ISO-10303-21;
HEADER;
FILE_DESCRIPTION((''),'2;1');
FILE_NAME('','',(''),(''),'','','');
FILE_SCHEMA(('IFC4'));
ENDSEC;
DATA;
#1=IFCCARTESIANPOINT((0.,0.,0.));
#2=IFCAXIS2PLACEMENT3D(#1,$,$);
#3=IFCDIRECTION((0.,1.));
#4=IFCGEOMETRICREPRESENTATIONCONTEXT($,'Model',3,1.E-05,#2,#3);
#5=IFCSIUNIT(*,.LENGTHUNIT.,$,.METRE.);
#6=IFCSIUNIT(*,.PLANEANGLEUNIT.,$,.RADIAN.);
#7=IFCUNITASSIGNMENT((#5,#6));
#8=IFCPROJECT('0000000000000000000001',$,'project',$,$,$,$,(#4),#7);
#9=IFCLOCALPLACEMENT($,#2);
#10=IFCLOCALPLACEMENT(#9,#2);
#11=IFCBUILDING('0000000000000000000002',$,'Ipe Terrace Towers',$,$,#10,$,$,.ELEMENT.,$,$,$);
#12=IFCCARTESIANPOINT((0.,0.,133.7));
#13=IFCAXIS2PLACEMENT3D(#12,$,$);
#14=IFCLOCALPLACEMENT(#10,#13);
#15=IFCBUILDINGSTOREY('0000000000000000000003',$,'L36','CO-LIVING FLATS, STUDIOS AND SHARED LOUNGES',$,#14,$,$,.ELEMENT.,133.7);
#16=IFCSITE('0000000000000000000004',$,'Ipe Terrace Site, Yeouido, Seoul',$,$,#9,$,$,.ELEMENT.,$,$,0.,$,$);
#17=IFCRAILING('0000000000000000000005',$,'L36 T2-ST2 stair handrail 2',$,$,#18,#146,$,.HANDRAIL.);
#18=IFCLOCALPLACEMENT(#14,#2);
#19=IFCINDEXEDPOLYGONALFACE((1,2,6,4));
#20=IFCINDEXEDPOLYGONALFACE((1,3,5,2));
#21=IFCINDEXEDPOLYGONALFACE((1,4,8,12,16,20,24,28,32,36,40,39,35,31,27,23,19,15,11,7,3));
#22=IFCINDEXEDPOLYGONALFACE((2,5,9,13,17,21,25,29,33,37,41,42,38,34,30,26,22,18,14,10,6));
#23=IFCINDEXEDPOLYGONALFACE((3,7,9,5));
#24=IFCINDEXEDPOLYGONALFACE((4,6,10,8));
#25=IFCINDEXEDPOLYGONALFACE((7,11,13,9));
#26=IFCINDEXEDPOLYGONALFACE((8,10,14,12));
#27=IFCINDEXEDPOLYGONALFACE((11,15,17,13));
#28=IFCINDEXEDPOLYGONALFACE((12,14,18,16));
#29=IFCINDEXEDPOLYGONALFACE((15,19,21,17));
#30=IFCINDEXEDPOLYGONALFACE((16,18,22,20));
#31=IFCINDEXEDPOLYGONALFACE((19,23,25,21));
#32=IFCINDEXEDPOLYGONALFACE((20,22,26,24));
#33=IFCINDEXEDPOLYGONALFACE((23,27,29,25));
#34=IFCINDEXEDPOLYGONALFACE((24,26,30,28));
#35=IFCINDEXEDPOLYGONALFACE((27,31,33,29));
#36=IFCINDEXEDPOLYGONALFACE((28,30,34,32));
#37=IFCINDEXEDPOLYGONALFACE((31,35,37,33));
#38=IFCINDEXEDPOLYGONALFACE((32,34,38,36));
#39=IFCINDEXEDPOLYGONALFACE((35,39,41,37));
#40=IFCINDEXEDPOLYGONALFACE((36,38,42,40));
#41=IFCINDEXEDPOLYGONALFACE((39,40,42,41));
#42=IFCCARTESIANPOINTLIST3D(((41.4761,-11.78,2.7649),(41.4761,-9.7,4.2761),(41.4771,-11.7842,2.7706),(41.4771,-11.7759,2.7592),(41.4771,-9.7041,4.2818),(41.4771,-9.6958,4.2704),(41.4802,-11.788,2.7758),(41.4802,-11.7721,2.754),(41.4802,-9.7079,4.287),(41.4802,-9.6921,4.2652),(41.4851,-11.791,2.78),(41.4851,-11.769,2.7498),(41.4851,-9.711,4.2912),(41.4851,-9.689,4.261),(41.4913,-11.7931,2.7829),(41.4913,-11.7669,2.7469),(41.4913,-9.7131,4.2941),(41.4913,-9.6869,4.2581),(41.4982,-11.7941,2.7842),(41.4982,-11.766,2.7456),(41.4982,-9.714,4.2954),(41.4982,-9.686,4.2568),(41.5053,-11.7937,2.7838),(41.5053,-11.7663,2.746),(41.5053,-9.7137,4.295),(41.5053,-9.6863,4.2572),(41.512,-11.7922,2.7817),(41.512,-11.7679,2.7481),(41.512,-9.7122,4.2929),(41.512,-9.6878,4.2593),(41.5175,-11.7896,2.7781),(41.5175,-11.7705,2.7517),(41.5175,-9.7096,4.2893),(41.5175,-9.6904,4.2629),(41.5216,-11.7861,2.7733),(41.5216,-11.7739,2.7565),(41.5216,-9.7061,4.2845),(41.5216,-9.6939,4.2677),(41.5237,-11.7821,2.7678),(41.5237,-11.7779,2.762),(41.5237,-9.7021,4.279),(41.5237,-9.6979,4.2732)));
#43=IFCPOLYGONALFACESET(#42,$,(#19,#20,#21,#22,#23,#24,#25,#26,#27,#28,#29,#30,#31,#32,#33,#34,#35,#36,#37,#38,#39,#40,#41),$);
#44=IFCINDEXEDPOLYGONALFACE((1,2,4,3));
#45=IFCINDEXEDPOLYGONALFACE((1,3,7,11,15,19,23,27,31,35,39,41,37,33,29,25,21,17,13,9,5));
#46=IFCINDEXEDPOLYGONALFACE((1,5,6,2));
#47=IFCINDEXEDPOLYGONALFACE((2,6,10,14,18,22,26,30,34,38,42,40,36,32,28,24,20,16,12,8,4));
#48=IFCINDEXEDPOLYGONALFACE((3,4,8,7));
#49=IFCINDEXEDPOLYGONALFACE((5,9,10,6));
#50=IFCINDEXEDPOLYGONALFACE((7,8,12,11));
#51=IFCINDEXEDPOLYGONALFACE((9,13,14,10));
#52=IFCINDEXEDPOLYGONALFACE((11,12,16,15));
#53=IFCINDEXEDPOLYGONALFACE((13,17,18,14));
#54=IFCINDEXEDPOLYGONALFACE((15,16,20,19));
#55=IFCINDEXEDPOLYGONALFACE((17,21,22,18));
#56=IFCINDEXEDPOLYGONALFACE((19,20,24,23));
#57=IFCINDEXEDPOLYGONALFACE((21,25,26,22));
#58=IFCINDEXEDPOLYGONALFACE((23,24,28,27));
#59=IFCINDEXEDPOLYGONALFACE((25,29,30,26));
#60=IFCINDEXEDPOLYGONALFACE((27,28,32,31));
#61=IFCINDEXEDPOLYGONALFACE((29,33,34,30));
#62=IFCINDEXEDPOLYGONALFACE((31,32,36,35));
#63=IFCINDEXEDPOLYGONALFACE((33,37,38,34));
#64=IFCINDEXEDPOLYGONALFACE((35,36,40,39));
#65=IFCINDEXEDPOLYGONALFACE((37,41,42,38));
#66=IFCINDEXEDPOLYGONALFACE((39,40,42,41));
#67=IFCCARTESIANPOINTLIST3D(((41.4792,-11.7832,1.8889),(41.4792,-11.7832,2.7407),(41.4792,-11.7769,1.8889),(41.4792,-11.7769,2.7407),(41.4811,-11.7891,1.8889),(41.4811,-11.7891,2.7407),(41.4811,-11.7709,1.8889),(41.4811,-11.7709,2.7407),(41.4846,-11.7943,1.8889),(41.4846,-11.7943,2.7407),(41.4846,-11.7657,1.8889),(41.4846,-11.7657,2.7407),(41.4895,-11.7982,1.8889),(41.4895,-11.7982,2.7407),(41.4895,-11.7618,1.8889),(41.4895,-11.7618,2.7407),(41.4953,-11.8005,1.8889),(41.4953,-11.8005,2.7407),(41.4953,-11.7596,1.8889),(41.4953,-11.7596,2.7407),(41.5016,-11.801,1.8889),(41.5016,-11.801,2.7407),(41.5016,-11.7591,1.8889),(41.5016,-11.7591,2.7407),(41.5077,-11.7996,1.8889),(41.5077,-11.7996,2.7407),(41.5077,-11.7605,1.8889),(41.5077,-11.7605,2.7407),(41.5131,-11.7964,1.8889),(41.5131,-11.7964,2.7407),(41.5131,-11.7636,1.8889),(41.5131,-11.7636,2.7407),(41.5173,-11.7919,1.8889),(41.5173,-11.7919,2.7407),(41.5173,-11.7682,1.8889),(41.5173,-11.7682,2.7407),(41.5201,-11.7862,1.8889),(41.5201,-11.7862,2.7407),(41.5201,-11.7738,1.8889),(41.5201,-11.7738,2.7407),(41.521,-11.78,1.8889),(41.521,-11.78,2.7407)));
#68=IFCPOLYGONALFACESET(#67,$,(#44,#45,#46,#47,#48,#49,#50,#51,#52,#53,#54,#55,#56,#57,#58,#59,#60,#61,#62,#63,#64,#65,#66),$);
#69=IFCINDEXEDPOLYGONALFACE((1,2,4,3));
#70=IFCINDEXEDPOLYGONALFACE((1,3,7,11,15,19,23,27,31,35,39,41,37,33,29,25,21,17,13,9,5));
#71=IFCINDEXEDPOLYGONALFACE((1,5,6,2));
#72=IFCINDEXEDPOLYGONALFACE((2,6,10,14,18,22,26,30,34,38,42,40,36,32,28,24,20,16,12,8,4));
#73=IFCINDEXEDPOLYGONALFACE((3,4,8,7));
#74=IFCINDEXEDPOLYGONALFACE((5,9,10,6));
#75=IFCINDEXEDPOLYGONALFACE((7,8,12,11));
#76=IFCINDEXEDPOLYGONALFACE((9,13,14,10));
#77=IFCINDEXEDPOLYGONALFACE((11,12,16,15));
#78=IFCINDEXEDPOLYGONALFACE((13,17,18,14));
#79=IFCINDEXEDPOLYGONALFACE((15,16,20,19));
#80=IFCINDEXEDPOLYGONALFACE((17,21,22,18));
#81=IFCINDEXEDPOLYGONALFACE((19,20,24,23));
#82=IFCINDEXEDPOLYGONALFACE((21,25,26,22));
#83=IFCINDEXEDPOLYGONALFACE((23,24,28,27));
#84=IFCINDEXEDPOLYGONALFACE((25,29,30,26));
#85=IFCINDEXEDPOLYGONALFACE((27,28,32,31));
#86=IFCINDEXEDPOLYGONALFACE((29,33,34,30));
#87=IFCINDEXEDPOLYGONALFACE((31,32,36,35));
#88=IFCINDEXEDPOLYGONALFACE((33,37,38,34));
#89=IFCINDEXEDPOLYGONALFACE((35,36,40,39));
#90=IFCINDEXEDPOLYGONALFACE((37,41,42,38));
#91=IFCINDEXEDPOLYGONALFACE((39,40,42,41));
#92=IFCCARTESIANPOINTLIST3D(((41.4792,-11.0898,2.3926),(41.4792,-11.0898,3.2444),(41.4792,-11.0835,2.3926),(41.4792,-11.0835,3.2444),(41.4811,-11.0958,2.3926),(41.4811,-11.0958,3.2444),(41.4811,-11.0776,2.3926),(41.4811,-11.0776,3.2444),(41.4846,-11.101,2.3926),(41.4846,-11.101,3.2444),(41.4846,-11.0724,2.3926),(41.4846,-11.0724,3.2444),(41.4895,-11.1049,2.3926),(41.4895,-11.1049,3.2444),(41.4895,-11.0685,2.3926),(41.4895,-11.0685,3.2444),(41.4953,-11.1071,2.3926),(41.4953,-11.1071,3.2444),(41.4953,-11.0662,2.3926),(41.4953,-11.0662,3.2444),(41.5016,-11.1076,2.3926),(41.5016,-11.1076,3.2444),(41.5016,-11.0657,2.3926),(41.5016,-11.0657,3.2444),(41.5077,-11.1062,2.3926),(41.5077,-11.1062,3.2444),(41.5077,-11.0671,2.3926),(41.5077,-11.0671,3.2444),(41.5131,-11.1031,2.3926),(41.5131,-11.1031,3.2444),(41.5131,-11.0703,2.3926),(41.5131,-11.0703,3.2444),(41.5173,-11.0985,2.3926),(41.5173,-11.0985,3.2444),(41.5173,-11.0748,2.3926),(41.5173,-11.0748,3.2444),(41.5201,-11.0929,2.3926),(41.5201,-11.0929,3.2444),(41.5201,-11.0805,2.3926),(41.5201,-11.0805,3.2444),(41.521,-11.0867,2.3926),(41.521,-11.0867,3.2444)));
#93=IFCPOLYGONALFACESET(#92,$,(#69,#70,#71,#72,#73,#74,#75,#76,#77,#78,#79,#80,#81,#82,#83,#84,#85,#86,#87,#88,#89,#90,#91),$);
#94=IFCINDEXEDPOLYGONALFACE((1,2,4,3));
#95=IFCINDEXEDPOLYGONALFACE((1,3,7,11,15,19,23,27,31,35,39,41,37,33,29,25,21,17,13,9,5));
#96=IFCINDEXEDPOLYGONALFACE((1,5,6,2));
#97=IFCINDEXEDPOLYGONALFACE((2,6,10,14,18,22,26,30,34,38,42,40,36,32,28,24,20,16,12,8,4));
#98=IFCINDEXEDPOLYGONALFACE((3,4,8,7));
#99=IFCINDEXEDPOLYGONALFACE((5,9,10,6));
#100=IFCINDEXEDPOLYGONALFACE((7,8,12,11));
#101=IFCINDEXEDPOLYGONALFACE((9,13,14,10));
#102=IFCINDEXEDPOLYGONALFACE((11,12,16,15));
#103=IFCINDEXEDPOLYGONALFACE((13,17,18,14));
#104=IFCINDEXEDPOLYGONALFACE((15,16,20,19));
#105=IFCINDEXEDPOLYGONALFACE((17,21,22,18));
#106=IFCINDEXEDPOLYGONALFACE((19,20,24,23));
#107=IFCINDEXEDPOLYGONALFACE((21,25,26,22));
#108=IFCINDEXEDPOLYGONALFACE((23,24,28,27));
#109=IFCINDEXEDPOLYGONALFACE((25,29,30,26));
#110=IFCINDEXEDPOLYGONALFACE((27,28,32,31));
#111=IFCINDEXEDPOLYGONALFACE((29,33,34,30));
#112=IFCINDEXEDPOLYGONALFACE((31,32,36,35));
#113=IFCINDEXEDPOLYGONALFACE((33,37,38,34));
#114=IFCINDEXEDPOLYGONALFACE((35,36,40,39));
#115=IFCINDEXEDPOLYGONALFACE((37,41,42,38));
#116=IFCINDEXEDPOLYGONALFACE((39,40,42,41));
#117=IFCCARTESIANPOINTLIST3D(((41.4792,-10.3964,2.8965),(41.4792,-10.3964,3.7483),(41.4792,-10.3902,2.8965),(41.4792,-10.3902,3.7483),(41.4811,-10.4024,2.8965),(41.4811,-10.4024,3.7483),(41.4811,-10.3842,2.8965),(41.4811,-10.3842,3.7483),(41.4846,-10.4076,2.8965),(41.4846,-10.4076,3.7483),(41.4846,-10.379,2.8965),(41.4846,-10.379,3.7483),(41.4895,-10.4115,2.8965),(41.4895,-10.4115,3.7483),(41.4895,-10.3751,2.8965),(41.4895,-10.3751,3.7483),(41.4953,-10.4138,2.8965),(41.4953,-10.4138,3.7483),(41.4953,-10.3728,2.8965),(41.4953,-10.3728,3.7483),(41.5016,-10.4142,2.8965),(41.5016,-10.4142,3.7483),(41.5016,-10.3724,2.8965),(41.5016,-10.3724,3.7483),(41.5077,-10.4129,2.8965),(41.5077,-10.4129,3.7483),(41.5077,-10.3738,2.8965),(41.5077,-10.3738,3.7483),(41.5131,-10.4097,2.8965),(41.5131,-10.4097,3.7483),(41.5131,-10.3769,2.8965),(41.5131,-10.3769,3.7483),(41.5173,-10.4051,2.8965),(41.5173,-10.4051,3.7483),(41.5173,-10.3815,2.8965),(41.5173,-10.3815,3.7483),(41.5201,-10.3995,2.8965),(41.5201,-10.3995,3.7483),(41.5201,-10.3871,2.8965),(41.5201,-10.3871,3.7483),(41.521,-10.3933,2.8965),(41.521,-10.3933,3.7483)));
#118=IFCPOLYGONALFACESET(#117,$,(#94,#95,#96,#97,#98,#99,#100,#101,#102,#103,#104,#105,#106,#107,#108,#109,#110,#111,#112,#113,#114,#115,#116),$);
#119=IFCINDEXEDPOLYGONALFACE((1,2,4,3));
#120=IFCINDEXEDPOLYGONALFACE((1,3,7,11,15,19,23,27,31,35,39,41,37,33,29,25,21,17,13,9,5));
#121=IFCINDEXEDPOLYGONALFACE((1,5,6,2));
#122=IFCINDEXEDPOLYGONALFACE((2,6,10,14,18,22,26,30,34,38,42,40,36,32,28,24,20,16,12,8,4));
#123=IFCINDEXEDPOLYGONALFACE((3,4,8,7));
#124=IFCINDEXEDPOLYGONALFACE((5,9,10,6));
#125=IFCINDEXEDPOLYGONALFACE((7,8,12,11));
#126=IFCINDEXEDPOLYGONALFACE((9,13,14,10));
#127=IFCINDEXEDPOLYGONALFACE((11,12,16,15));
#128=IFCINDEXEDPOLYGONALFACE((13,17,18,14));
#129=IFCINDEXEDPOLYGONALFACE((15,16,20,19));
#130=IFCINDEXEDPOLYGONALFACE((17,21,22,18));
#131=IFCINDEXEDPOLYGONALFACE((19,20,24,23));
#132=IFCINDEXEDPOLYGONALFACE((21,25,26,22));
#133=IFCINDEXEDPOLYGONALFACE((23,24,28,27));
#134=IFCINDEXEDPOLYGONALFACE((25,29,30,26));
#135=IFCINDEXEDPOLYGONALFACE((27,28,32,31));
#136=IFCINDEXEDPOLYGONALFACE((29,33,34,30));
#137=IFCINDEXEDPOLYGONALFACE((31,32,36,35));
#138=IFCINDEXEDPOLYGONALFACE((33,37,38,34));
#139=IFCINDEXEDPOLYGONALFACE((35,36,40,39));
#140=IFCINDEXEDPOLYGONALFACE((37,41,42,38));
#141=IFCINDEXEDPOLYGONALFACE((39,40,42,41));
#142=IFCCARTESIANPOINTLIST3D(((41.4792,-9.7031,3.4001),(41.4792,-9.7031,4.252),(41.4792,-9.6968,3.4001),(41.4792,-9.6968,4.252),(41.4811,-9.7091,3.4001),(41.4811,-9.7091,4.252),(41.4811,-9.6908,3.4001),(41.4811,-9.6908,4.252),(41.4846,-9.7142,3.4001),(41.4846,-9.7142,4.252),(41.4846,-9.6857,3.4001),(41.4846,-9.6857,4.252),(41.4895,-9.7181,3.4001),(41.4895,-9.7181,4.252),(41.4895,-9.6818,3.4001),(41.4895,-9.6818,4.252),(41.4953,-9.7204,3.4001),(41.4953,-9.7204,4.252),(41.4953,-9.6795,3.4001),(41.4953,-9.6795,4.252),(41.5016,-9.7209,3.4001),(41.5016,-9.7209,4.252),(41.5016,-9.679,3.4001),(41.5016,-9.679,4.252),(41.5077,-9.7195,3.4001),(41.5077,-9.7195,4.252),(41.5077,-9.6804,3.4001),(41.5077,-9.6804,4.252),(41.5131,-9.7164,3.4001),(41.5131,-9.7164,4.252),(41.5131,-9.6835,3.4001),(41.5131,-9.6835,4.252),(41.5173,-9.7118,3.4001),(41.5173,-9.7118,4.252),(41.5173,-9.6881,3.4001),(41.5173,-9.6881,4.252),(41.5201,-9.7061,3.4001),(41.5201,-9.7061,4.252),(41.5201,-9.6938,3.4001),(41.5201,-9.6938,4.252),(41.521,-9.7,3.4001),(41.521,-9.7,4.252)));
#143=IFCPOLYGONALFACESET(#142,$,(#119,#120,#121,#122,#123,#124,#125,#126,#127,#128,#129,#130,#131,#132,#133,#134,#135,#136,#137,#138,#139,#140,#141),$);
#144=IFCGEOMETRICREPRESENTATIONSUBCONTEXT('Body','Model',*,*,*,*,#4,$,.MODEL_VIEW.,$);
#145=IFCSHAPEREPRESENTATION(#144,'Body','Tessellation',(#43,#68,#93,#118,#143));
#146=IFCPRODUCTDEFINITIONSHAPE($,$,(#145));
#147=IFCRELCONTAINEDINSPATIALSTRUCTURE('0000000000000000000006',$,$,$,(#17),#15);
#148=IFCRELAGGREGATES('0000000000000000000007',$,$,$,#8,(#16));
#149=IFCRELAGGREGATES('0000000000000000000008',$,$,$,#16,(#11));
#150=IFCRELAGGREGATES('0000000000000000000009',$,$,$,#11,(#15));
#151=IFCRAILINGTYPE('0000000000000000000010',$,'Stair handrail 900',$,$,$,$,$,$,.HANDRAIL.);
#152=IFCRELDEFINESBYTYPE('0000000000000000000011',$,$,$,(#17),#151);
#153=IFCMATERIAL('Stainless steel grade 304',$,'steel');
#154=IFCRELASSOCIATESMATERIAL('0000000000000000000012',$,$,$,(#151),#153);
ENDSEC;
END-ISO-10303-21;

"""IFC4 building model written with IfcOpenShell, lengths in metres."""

from ifc_helpers import new_model, si_unit, direction, frame, origin, origin_2d, place, context, subcontext, project, spatial, circle, extrude, material, type_object, element, save


model = new_model("IFC4")

# Units and contexts
model_context = context("Model", 3, precision=1e-05, world=origin(), true_north=direction((0.0, 1.0)))
body_context = subcontext(model_context, "Body", "Model", "MODEL_VIEW")
ifc_project = project(units=[si_unit("LENGTHUNIT", "METRE"), si_unit("PLANEANGLEUNIT", "RADIAN")], contexts=[model_context])

# Site, building, storey
site_placement = place(None, origin())
site = spatial("IfcSite", under=ifc_project, at=site_placement, Name="Ipe Terrace Site, Yeouido, Seoul", CompositionType="ELEMENT", RefElevation=0.0)
building_placement = place(site_placement, origin())
building = spatial("IfcBuilding", under=site, at=building_placement, Name="Ipe Terrace Towers", CompositionType="ELEMENT")
storey_placement = place(building_placement, frame((0.0, 0.0, 133.7)))
storey = spatial("IfcBuildingStorey", under=building, at=storey_placement, Name="L36", Description="CO-LIVING FLATS, STUDIOS AND SHARED LOUNGES", CompositionType="ELEMENT", Elevation=133.7)

# Railing
ifc_material_1 = material(Name="Stainless steel grade 304", Category="steel")
railing_type_1 = type_object("IfcRailingType", Name="Stair handrail 900", PredefinedType="HANDRAIL", material=ifc_material_1)
railing_1_placement = place(storey_placement, frame((41.5, -11.78, 1.8889)))
element("IfcRailing", 1, at=railing_1_placement, inside=storey, type_object=railing_type_1, Name="L36 T2-ST2 stair handrail 2", PredefinedType="HANDRAIL", context=body_context, shape_type="SweptSolid", body=[
    extrude(circle(Radius=0.0239, at=origin_2d()), frame((0.0, 0.0, 0.876), z_axis=(0.0, 0.809023, 0.587776), x_axis=(-1.0, 0.0, 0.0)), (0.0, 0.0, 1.0), 2.571),
    extrude(circle(Radius=0.021, at=origin_2d()), origin(), (0.0, 0.0, 1.0), 0.8518),
    extrude(circle(Radius=0.021, at=origin_2d()), frame((0.0, 0.6934, 0.5037)), (0.0, 0.0, 1.0), 0.8518),
    extrude(circle(Radius=0.021, at=origin_2d()), frame((0.0, 1.3867, 1.0076)), (0.0, 0.0, 1.0), 0.8518),
    extrude(circle(Radius=0.021, at=origin_2d()), frame((0.0, 2.0801, 1.5112)), (0.0, 0.0, 1.0), 0.8518),
])

save(model, "model.ifc")
